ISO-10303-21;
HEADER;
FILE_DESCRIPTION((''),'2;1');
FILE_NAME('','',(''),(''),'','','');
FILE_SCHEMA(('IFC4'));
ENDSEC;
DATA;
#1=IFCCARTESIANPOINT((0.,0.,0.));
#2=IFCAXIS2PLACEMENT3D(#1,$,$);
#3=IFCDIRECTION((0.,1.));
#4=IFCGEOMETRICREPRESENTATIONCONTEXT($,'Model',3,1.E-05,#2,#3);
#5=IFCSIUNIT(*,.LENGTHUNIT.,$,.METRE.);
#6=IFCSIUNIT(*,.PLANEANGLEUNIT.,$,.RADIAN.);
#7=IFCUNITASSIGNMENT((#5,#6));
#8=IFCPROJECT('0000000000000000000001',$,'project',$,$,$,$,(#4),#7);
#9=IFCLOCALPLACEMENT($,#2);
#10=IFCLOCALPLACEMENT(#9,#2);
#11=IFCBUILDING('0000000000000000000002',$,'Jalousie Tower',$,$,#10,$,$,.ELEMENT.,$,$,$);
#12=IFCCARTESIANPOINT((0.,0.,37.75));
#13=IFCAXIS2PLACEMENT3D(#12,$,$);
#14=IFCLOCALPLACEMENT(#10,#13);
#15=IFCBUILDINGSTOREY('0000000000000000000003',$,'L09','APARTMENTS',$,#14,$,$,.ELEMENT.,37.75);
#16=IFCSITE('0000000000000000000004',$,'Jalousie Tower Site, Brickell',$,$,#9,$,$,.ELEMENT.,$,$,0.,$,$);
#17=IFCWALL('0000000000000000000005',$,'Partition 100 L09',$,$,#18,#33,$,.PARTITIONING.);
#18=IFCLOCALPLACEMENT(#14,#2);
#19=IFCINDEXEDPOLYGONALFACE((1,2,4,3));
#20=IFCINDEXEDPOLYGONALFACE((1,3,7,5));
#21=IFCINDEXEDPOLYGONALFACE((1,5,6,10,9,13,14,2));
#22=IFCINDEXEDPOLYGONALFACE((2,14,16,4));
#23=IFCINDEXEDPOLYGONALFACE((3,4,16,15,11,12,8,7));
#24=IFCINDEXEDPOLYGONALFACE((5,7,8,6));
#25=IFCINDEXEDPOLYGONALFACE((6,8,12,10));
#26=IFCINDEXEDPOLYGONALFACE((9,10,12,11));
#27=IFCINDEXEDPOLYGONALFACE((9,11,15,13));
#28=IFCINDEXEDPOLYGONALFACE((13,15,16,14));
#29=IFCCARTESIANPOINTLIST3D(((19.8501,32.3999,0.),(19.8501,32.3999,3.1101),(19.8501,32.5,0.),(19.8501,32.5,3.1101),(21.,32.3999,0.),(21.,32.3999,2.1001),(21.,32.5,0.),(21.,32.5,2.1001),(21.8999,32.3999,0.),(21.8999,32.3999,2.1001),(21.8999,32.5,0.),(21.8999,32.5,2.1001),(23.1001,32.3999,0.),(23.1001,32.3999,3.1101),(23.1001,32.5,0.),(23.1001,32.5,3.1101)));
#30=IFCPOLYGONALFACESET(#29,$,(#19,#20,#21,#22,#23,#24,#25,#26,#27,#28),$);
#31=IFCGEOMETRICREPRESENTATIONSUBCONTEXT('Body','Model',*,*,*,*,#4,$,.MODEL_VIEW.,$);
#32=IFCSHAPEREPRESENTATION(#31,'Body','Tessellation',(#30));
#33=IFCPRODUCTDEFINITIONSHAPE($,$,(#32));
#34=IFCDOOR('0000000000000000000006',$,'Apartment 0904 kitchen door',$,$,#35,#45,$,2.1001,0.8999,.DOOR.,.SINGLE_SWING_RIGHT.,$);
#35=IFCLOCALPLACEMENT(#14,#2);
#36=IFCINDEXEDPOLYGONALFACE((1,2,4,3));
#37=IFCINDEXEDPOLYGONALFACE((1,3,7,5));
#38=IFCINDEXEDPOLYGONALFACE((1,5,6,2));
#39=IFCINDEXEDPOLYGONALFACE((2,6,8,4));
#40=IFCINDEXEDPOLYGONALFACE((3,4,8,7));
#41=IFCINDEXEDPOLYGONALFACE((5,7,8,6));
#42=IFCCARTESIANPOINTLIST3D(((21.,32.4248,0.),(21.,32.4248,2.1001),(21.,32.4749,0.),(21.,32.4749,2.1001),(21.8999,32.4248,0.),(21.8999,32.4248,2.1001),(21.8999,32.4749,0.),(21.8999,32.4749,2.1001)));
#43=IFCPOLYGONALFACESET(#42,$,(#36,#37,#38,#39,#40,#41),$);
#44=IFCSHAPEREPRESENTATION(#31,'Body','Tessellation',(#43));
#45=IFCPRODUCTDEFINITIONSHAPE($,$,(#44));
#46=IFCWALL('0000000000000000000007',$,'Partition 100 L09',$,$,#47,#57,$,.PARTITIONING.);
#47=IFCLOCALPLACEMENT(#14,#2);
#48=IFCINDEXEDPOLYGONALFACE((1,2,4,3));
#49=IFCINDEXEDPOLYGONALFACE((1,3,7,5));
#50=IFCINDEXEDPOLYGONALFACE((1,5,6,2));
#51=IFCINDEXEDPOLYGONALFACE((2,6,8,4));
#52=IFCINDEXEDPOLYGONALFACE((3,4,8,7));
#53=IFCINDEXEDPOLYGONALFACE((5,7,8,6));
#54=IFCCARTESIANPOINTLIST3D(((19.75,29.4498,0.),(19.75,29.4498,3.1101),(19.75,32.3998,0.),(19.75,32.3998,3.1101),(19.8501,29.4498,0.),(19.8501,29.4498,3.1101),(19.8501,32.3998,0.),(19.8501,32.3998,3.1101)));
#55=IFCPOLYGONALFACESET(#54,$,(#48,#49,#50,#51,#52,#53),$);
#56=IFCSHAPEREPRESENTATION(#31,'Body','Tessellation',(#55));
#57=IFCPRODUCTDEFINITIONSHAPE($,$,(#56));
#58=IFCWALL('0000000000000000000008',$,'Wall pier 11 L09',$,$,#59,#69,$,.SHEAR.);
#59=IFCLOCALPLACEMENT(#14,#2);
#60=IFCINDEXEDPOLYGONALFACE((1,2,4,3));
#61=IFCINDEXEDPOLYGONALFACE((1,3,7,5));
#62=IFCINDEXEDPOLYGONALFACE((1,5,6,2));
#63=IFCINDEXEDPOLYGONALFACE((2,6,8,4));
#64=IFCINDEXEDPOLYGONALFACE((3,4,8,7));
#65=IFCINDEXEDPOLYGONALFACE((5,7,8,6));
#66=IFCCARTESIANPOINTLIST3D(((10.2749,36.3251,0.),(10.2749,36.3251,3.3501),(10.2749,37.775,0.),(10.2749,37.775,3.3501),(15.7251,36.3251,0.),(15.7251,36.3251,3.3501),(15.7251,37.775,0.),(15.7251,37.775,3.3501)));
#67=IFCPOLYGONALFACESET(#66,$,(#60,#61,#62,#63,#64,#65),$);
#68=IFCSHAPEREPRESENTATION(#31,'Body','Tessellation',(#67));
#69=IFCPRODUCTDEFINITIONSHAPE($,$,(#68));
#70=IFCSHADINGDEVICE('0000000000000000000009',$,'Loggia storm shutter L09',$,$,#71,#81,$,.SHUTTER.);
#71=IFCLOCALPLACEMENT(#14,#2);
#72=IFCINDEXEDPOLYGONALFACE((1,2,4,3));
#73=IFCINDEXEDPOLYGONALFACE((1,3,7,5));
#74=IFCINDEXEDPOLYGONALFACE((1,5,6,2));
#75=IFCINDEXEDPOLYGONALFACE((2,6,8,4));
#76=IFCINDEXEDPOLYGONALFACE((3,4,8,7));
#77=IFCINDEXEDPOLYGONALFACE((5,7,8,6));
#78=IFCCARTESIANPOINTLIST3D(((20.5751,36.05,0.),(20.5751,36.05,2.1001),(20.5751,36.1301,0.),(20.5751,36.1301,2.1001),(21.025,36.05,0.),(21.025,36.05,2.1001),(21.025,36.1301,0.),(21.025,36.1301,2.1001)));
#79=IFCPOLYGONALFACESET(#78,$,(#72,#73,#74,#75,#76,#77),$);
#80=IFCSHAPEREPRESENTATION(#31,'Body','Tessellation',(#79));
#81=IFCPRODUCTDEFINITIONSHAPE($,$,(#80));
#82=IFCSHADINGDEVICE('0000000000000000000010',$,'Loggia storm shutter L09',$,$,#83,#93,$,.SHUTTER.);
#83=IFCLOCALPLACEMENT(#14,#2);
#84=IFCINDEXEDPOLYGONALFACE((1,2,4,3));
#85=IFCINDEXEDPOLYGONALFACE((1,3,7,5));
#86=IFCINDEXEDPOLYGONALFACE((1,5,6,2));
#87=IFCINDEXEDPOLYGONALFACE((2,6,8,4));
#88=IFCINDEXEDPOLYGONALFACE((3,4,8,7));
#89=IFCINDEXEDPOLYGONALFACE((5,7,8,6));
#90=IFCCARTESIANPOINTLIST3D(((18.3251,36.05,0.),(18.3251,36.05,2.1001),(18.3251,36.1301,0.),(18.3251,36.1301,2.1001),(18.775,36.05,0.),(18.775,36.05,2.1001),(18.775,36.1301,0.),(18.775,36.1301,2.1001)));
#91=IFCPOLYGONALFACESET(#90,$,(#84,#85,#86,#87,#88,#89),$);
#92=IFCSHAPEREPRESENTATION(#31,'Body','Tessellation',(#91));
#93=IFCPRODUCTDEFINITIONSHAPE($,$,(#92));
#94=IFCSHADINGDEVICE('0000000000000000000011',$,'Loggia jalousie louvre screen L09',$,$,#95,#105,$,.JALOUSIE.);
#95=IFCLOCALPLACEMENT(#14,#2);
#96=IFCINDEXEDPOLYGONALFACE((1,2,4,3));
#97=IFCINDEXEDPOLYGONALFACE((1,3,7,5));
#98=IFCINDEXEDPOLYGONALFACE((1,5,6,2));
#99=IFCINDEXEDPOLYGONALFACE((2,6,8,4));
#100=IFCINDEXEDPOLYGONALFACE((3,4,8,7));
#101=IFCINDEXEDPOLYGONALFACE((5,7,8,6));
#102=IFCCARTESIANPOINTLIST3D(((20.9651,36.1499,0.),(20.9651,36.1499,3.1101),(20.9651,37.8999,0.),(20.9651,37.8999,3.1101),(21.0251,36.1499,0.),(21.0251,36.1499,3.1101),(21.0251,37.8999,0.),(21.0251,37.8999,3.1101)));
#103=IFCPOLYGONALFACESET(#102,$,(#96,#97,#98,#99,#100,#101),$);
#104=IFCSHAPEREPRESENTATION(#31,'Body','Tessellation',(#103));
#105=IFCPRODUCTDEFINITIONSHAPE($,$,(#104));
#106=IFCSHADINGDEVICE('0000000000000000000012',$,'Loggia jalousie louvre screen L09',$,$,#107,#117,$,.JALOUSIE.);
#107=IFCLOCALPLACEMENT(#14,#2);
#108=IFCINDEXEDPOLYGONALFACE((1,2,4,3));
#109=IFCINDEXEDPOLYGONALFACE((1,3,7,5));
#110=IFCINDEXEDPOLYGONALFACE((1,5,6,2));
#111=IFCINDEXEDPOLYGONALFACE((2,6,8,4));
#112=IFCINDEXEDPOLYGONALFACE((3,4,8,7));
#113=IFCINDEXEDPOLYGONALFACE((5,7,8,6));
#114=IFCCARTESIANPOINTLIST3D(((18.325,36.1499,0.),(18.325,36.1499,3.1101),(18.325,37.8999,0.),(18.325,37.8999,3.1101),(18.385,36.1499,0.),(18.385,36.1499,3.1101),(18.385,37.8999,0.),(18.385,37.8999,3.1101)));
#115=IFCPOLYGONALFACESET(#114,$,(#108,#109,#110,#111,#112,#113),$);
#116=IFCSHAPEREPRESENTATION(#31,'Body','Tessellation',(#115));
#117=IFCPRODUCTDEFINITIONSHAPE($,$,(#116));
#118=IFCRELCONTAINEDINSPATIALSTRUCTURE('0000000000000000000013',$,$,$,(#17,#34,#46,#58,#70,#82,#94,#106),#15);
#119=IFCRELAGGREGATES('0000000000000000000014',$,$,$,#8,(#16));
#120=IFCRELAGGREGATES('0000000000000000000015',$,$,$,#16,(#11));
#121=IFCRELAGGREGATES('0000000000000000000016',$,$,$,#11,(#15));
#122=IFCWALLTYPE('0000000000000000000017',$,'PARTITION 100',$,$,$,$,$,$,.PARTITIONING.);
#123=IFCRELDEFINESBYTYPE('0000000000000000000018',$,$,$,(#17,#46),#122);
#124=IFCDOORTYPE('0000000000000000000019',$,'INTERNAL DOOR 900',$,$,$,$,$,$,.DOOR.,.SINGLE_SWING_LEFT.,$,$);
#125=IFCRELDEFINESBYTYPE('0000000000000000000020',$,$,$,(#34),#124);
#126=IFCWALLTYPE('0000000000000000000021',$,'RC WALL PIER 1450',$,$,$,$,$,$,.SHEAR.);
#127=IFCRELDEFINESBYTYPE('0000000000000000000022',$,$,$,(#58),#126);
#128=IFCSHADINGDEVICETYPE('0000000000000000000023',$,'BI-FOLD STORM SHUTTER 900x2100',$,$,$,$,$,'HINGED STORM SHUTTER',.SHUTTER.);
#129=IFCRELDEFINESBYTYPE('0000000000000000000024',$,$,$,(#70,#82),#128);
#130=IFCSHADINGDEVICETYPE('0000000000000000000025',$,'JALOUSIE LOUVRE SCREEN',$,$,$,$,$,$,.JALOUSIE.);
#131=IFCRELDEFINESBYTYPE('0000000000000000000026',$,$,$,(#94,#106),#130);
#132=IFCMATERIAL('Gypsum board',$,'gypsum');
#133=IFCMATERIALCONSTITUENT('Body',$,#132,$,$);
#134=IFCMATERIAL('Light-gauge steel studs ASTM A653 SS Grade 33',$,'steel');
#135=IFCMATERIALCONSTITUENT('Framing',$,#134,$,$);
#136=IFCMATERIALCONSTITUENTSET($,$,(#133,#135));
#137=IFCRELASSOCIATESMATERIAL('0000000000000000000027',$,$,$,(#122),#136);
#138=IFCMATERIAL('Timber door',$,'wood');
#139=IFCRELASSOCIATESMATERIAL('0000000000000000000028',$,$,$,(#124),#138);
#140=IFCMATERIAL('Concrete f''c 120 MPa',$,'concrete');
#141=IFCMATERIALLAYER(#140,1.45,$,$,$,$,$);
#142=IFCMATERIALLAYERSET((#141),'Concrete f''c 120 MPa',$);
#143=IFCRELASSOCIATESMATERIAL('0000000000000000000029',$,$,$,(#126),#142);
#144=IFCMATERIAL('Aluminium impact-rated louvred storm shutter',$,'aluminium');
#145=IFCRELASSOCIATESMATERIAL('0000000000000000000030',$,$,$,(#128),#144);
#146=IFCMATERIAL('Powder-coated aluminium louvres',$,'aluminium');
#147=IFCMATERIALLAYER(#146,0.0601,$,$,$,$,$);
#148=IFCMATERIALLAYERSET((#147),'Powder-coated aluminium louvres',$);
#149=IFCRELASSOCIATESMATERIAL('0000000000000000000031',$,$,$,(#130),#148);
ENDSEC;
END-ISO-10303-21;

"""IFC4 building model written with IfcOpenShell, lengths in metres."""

from ifc_helpers import new_model, si_unit, direction, frame, frame_2d, origin, origin_2d, place, context, subcontext, project, spatial, rectangle, extrude, material, layer, layer_set, constituent, constituent_set, type_object, element, fill, save


model = new_model("IFC4")

# Units and contexts
model_context = context("Model", 3, precision=1e-05, world=origin(), true_north=direction((0.0, 1.0)))
body_context = subcontext(model_context, "Body", "Model", "MODEL_VIEW")
ifc_project = project(units=[si_unit("LENGTHUNIT", "METRE"), si_unit("PLANEANGLEUNIT", "RADIAN")], contexts=[model_context])

# Site, building, storey
site_placement = place(None, origin())
site = spatial("IfcSite", under=ifc_project, at=site_placement, Name="Jalousie Tower Site, Brickell", CompositionType="ELEMENT", RefElevation=0.0)
building_placement = place(site_placement, origin())
building = spatial("IfcBuilding", under=site, at=building_placement, Name="Jalousie Tower", CompositionType="ELEMENT")
storey_placement = place(building_placement, frame((0.0, 0.0, 37.75)))
storey = spatial("IfcBuildingStorey", under=building, at=storey_placement, Name="L09", Description="APARTMENTS", CompositionType="ELEMENT", Elevation=37.75)

# Wall, opening, door
ifc_material_1 = material(Name="Gypsum board", Category="gypsum")
ifc_constituent_1 = constituent(ifc_material_1, Name="Body")
ifc_material_2 = material(Name="Light-gauge steel studs ASTM A653 SS Grade 33", Category="steel")
ifc_constituent_2 = constituent(ifc_material_2, Name="Framing")
ifc_constituent_set_1 = constituent_set(constituents=[ifc_constituent_1, ifc_constituent_2])
wall_type_1 = type_object("IfcWallType", Name="PARTITION 100", PredefinedType="PARTITIONING", material=ifc_constituent_set_1)
wall_1_placement = place(storey_placement, frame((19.8501, 32.45, 0.0), z_axis=(0.0, 0.0, 1.0), x_axis=(1.0, 0.0, 0.0)))
wall_1 = element("IfcWall", 1, at=wall_1_placement, inside=storey, type_object=wall_type_1, Name="Partition 100 L09", PredefinedType="PARTITIONING", context=body_context, shape_type="SweptSolid", body=[
    extrude(rectangle(XDim=3.25, YDim=0.1001, at=frame_2d((1.625, 0.0))), origin(), (0.0, 0.0, 1.0), 3.1101),
])
opening_1_placement = place(wall_1_placement, frame((1.1499, 0.0, 0.0)))
opening_1 = element("IfcOpeningElement", 2, at=opening_1_placement, cuts=wall_1, PredefinedType="OPENING", context=body_context, shape_type="SweptSolid", body=[
    extrude(rectangle(XDim=0.8999, YDim=2.1001, at=frame_2d((0.45, 1.05))), frame((0.0, 0.0601, 0.0), z_axis=(0.0, -1.0, 0.0), x_axis=(1.0, 0.0, 0.0)), (0.0, 0.0, 1.0), 0.1201),
])
ifc_material_3 = material(Name="Timber door", Category="wood")
door_type_1 = type_object("IfcDoorType", Name="INTERNAL DOOR 900", OperationType="SINGLE_SWING_LEFT", PredefinedType="DOOR", material=ifc_material_3)
door_1_placement = place(opening_1_placement, origin())
door_1 = element("IfcDoor", 3, at=door_1_placement, inside=storey, type_object=door_type_1, Name="Apartment 0904 kitchen door", OperationType="SINGLE_SWING_RIGHT", OverallHeight=2.1001, OverallWidth=0.8999, PredefinedType="DOOR", context=body_context, shape_type="SweptSolid", body=[
    extrude(rectangle(XDim=0.8999, YDim=2.1001, at=frame_2d((0.45, 1.05))), frame((0.0, 0.0249, 0.0), z_axis=(0.0, -1.0, 0.0), x_axis=(1.0, 0.0, 0.0)), (0.0, 0.0, 1.0), 0.05),
])
fill(opening_1, door_1)

# Walls
wall_2_placement = place(storey_placement, frame((19.8, 32.3999, 0.0), z_axis=(0.0, 0.0, 1.0), x_axis=(0.0, -1.0, 0.0)))
element("IfcWall", 4, at=wall_2_placement, inside=storey, type_object=wall_type_1, Name="Partition 100 L09", PredefinedType="PARTITIONING", context=body_context, shape_type="SweptSolid", body=[
    extrude(rectangle(XDim=2.95, YDim=0.1001, at=frame_2d((1.4751, 0.0))), origin(), (0.0, 0.0, 1.0), 3.1101),
])
ifc_material_4 = material(Name="Concrete f'c 120 MPa", Category="concrete")
ifc_layer_1 = layer(ifc_material_4, 1.45)
ifc_layer_set_1 = layer_set([ifc_layer_1], Name="Concrete f'c 120 MPa")
wall_type_2 = type_object("IfcWallType", Name="RC WALL PIER 1450", PredefinedType="SHEAR", material=ifc_layer_set_1)
wall_3_placement = place(storey_placement, frame((10.2749, 37.05, 0.0), z_axis=(0.0, 0.0, 1.0), x_axis=(1.0, 0.0, 0.0)))
element("IfcWall", 5, at=wall_3_placement, inside=storey, type_object=wall_type_2, Name="Wall pier 11 L09", PredefinedType="SHEAR", context=body_context, shape_type="SweptSolid", body=[
    extrude(rectangle(XDim=5.4502, YDim=1.45, at=frame_2d((2.7251, 0.0))), origin(), (0.0, 0.0, 1.0), 3.3501),
])

# Shading devices
ifc_material_5 = material(Name="Aluminium impact-rated louvred storm shutter", Category="aluminium")
shading_device_type_1 = type_object("IfcShadingDeviceType", Name="BI-FOLD STORM SHUTTER 900x2100", ElementType="HINGED STORM SHUTTER", PredefinedType="SHUTTER", material=ifc_material_5)
for number, where, z_axis, x_axis, name in (
    (6, (20.8, 36.0901, 0.0), (0.0, 0.0, 1.0), (-1.0, 0.0, 0.0), "Loggia storm shutter L09"),
    (7, (18.55, 36.0901, 0.0), (0.0, 0.0, 1.0), (-1.0, 0.0, 0.0), "Loggia storm shutter L09"),
):
    element("IfcShadingDevice", number, at=place(storey_placement, frame(where, z_axis=z_axis, x_axis=x_axis)), inside=storey, type_object=shading_device_type_1, Name=name, PredefinedType="SHUTTER", context=body_context, shape_type="SweptSolid", body=[
        extrude(rectangle(XDim=0.45, YDim=0.0801, at=origin_2d()), origin(), (0.0, 0.0, 1.0), 2.1001),
    ])
ifc_material_6 = material(Name="Powder-coated aluminium louvres", Category="aluminium")
ifc_layer_2 = layer(ifc_material_6, 0.0601)
ifc_layer_set_2 = layer_set([ifc_layer_2], Name="Powder-coated aluminium louvres")
shading_device_type_2 = type_object("IfcShadingDeviceType", Name="JALOUSIE LOUVRE SCREEN", PredefinedType="JALOUSIE", material=ifc_layer_set_2)
for number, where, z_axis, x_axis, name in (
    (8, (20.9951, 37.0249, 0.0), (0.0, 0.0, 1.0), (-1.0, 0.0, 0.0), "Loggia jalousie louvre screen L09"),
    (9, (18.355, 37.0249, 0.0), (0.0, 0.0, 1.0), (-1.0, 0.0, 0.0), "Loggia jalousie louvre screen L09"),
):
    element("IfcShadingDevice", number, at=place(storey_placement, frame(where, z_axis=z_axis, x_axis=x_axis)), inside=storey, type_object=shading_device_type_2, Name=name, PredefinedType="JALOUSIE", context=body_context, shape_type="SweptSolid", body=[
        extrude(rectangle(XDim=0.0601, YDim=1.75, at=origin_2d()), origin(), (0.0, 0.0, 1.0), 3.1101),
    ])

save(model, "model.ifc")
